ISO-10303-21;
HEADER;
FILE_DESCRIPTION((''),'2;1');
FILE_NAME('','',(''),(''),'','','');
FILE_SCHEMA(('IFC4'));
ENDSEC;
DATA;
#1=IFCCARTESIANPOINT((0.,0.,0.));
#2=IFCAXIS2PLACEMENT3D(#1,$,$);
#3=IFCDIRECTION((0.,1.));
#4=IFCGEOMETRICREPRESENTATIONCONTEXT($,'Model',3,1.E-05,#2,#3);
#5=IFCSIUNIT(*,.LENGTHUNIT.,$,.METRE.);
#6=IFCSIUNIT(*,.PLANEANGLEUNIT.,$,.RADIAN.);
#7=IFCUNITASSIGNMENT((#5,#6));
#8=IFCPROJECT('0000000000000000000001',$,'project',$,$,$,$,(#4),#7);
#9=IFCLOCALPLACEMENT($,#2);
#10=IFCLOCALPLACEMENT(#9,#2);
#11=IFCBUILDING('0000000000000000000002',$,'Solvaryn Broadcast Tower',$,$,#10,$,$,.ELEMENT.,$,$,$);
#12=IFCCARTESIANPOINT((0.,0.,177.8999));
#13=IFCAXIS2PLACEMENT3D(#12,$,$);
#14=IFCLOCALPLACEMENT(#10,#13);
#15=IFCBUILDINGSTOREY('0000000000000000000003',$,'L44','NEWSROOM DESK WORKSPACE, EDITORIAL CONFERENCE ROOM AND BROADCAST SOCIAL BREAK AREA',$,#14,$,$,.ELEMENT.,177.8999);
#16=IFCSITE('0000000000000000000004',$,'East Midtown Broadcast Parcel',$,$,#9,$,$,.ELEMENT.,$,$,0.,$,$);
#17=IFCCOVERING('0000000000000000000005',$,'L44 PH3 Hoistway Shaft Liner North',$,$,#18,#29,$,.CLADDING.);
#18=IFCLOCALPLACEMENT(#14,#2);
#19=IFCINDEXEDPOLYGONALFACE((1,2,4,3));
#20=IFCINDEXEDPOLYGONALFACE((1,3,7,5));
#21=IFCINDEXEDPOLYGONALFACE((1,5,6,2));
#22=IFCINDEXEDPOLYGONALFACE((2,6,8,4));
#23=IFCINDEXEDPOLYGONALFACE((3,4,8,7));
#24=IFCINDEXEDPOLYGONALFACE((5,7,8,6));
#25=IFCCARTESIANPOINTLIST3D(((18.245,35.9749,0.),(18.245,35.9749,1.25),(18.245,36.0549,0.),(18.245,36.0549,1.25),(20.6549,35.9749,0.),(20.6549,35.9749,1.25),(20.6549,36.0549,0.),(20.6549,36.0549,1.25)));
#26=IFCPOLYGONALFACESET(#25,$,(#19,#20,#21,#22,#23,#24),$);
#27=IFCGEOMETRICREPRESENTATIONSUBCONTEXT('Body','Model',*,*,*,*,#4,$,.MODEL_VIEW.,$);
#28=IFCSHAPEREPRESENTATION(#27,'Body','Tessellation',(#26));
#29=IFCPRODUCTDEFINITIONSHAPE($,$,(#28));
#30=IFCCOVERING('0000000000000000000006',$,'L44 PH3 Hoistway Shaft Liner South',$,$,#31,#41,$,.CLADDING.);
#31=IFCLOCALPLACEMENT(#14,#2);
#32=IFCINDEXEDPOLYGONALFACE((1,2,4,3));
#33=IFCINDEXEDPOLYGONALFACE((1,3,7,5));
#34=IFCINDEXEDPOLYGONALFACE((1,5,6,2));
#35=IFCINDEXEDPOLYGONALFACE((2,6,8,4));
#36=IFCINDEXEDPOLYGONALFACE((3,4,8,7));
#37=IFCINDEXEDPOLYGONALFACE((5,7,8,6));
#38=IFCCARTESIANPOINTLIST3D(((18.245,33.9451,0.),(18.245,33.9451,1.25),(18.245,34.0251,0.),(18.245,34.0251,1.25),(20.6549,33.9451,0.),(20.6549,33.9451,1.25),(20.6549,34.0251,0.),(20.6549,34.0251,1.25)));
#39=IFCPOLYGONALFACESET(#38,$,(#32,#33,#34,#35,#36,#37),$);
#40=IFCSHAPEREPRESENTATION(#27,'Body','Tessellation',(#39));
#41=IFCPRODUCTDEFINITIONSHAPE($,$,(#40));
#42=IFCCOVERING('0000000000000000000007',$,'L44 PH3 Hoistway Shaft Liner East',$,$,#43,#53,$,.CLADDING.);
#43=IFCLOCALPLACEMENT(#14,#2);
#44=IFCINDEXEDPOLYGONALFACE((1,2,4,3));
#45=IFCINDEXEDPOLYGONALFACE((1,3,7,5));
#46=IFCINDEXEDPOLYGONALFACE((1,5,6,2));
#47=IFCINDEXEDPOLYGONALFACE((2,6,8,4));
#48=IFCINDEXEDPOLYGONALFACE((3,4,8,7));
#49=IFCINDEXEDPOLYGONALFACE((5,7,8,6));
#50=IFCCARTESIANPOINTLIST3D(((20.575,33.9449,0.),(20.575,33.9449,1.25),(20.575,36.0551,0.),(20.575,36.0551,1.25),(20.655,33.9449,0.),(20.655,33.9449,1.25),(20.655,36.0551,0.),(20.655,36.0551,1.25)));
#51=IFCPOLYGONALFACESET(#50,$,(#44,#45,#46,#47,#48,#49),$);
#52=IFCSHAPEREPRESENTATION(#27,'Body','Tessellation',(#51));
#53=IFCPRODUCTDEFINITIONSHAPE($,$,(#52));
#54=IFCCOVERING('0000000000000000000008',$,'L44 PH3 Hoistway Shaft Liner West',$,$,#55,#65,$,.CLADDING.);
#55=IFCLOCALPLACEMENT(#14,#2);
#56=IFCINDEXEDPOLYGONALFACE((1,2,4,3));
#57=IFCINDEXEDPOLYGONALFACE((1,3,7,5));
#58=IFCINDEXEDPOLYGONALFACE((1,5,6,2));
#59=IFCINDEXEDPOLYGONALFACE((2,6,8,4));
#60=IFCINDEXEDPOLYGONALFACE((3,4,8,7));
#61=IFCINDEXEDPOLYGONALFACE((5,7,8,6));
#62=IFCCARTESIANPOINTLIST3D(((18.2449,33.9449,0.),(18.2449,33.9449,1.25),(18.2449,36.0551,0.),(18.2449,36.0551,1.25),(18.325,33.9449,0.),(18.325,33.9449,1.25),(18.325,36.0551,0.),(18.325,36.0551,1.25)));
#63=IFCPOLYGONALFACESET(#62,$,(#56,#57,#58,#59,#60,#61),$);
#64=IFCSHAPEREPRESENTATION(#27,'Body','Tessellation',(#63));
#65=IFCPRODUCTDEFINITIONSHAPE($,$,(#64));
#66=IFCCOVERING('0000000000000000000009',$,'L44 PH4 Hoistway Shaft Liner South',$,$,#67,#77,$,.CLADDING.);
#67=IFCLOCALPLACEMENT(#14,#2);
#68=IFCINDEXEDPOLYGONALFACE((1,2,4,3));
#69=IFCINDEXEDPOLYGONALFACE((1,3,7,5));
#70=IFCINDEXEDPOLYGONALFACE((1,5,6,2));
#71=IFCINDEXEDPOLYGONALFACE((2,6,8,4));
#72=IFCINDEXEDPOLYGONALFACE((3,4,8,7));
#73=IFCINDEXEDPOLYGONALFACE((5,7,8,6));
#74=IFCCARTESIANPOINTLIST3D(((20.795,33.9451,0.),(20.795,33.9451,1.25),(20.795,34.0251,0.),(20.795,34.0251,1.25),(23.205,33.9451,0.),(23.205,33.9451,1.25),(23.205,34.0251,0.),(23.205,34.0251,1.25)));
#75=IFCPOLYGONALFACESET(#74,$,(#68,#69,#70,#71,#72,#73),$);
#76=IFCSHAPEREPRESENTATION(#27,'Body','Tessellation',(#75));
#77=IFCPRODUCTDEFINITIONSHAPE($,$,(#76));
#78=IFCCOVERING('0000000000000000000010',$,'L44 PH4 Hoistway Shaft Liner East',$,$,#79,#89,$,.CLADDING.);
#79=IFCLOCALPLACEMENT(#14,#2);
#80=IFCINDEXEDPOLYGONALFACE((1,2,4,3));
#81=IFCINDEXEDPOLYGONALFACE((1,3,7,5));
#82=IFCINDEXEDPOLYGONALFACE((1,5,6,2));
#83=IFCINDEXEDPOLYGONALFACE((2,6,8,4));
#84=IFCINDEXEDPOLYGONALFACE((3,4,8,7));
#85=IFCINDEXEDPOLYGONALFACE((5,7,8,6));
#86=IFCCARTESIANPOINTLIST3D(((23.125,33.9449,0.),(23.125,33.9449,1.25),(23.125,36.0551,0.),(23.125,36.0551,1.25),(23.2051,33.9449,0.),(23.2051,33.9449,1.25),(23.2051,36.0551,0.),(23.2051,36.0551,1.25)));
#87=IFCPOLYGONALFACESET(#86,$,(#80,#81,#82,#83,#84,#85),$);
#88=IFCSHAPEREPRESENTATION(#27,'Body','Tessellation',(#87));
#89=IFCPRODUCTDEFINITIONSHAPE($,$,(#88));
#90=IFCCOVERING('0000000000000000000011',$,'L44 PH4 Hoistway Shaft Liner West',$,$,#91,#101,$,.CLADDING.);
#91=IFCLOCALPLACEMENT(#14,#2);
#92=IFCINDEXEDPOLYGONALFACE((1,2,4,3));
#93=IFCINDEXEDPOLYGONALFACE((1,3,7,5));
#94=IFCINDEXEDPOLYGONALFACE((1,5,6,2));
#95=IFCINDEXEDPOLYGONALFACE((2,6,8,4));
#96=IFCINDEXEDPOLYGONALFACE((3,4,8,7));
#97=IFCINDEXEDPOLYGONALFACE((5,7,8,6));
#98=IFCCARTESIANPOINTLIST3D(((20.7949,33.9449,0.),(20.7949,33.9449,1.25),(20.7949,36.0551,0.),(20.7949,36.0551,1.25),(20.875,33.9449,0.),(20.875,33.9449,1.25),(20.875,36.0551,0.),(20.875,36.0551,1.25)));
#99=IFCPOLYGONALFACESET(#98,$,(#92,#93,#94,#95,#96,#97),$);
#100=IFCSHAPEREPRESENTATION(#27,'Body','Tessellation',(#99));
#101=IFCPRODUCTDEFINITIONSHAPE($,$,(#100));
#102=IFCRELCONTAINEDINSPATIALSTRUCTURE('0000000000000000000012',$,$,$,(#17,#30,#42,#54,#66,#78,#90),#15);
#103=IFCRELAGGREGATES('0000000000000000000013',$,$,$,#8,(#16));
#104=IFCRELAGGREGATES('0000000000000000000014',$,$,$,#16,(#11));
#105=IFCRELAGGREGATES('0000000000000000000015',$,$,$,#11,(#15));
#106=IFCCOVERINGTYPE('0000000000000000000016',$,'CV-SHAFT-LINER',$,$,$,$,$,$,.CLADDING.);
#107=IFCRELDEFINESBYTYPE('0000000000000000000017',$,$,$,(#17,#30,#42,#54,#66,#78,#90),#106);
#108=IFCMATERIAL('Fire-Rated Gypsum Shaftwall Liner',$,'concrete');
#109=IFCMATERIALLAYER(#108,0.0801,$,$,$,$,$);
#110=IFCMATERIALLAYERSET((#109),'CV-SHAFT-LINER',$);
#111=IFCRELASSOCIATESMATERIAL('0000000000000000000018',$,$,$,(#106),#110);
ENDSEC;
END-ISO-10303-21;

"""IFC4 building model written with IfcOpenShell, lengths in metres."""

from ifc_helpers import new_model, si_unit, direction, frame, origin, origin_2d, place, context, subcontext, project, spatial, rectangle, extrude, material, layer, layer_set, type_object, element, save


model = new_model("IFC4")

# Units and contexts
model_context = context("Model", 3, precision=1e-05, world=origin(), true_north=direction((0.0, 1.0)))
body_context = subcontext(model_context, "Body", "Model", "MODEL_VIEW")
ifc_project = project(units=[si_unit("LENGTHUNIT", "METRE"), si_unit("PLANEANGLEUNIT", "RADIAN")], contexts=[model_context])

# Site, building, storey
site_placement = place(None, origin())
site = spatial("IfcSite", under=ifc_project, at=site_placement, Name="East Midtown Broadcast Parcel", CompositionType="ELEMENT", RefElevation=0.0)
building_placement = place(site_placement, origin())
building = spatial("IfcBuilding", under=site, at=building_placement, Name="Solvaryn Broadcast Tower", CompositionType="ELEMENT")
storey_placement = place(building_placement, frame((0.0, 0.0, 177.8999)))
storey = spatial("IfcBuildingStorey", under=building, at=storey_placement, Name="L44", Description="NEWSROOM DESK WORKSPACE, EDITORIAL CONFERENCE ROOM AND BROADCAST SOCIAL BREAK AREA", CompositionType="ELEMENT", Elevation=177.8999)

# Coverings
ifc_material_1 = material(Name="Fire-Rated Gypsum Shaftwall Liner", Category="concrete")
ifc_layer_1 = layer(ifc_material_1, 0.0801)
ifc_layer_set_1 = layer_set([ifc_layer_1], Name="CV-SHAFT-LINER")
covering_type = type_object("IfcCoveringType", Name="CV-SHAFT-LINER", PredefinedType="CLADDING", material=ifc_layer_set_1)
for number, where, z_axis, x_axis, name in (
    (1, (19.45, 36.0149, 0.0), (0.0, 0.0, 1.0), (1.0, 0.0, 0.0), "L44 PH3 Hoistway Shaft Liner North"),
    (2, (19.45, 33.9851, 0.0), (0.0, 0.0, 1.0), (1.0, 0.0, 0.0), "L44 PH3 Hoistway Shaft Liner South"),
):
    element("IfcCovering", number, at=place(storey_placement, frame(where, z_axis=z_axis, x_axis=x_axis)), inside=storey, type_object=covering_type, Name=name, PredefinedType="CLADDING", context=body_context, shape_type="SweptSolid", body=[
        extrude(rectangle(XDim=2.4099, YDim=0.0801, at=origin_2d()), origin(), (0.0, 0.0, 1.0), 1.25),
    ])
for number, where, z_axis, x_axis, name in (
    (3, (20.615, 35.0, 0.0), (0.0, 0.0, 1.0), (1.0, 0.0, 0.0), "L44 PH3 Hoistway Shaft Liner East"),
    (4, (18.2849, 35.0, 0.0), (0.0, 0.0, 1.0), (1.0, 0.0, 0.0), "L44 PH3 Hoistway Shaft Liner West"),
):
    element("IfcCovering", number, at=place(storey_placement, frame(where, z_axis=z_axis, x_axis=x_axis)), inside=storey, type_object=covering_type, Name=name, PredefinedType="CLADDING", context=body_context, shape_type="SweptSolid", body=[
        extrude(rectangle(XDim=0.0801, YDim=2.1101, at=origin_2d()), origin(), (0.0, 0.0, 1.0), 1.25),
    ])
covering_1_placement = place(storey_placement, frame((22.0, 33.9851, 0.0), z_axis=(0.0, 0.0, 1.0), x_axis=(1.0, 0.0, 0.0)))
element("IfcCovering", 5, at=covering_1_placement, inside=storey, type_object=covering_type, Name="L44 PH4 Hoistway Shaft Liner South", PredefinedType="CLADDING", context=body_context, shape_type="SweptSolid", body=[
    extrude(rectangle(XDim=2.4099, YDim=0.0801, at=origin_2d()), origin(), (0.0, 0.0, 1.0), 1.25),
])
for number, where, z_axis, x_axis, name in (
    (6, (23.165, 35.0, 0.0), (0.0, 0.0, 1.0), (1.0, 0.0, 0.0), "L44 PH4 Hoistway Shaft Liner East"),
    (7, (20.835, 35.0, 0.0), (0.0, 0.0, 1.0), (1.0, 0.0, 0.0), "L44 PH4 Hoistway Shaft Liner West"),
):
    element("IfcCovering", number, at=place(storey_placement, frame(where, z_axis=z_axis, x_axis=x_axis)), inside=storey, type_object=covering_type, Name=name, PredefinedType="CLADDING", context=body_context, shape_type="SweptSolid", body=[
        extrude(rectangle(XDim=0.0801, YDim=2.1101, at=origin_2d()), origin(), (0.0, 0.0, 1.0), 1.25),
    ])

save(model, "model.ifc")
